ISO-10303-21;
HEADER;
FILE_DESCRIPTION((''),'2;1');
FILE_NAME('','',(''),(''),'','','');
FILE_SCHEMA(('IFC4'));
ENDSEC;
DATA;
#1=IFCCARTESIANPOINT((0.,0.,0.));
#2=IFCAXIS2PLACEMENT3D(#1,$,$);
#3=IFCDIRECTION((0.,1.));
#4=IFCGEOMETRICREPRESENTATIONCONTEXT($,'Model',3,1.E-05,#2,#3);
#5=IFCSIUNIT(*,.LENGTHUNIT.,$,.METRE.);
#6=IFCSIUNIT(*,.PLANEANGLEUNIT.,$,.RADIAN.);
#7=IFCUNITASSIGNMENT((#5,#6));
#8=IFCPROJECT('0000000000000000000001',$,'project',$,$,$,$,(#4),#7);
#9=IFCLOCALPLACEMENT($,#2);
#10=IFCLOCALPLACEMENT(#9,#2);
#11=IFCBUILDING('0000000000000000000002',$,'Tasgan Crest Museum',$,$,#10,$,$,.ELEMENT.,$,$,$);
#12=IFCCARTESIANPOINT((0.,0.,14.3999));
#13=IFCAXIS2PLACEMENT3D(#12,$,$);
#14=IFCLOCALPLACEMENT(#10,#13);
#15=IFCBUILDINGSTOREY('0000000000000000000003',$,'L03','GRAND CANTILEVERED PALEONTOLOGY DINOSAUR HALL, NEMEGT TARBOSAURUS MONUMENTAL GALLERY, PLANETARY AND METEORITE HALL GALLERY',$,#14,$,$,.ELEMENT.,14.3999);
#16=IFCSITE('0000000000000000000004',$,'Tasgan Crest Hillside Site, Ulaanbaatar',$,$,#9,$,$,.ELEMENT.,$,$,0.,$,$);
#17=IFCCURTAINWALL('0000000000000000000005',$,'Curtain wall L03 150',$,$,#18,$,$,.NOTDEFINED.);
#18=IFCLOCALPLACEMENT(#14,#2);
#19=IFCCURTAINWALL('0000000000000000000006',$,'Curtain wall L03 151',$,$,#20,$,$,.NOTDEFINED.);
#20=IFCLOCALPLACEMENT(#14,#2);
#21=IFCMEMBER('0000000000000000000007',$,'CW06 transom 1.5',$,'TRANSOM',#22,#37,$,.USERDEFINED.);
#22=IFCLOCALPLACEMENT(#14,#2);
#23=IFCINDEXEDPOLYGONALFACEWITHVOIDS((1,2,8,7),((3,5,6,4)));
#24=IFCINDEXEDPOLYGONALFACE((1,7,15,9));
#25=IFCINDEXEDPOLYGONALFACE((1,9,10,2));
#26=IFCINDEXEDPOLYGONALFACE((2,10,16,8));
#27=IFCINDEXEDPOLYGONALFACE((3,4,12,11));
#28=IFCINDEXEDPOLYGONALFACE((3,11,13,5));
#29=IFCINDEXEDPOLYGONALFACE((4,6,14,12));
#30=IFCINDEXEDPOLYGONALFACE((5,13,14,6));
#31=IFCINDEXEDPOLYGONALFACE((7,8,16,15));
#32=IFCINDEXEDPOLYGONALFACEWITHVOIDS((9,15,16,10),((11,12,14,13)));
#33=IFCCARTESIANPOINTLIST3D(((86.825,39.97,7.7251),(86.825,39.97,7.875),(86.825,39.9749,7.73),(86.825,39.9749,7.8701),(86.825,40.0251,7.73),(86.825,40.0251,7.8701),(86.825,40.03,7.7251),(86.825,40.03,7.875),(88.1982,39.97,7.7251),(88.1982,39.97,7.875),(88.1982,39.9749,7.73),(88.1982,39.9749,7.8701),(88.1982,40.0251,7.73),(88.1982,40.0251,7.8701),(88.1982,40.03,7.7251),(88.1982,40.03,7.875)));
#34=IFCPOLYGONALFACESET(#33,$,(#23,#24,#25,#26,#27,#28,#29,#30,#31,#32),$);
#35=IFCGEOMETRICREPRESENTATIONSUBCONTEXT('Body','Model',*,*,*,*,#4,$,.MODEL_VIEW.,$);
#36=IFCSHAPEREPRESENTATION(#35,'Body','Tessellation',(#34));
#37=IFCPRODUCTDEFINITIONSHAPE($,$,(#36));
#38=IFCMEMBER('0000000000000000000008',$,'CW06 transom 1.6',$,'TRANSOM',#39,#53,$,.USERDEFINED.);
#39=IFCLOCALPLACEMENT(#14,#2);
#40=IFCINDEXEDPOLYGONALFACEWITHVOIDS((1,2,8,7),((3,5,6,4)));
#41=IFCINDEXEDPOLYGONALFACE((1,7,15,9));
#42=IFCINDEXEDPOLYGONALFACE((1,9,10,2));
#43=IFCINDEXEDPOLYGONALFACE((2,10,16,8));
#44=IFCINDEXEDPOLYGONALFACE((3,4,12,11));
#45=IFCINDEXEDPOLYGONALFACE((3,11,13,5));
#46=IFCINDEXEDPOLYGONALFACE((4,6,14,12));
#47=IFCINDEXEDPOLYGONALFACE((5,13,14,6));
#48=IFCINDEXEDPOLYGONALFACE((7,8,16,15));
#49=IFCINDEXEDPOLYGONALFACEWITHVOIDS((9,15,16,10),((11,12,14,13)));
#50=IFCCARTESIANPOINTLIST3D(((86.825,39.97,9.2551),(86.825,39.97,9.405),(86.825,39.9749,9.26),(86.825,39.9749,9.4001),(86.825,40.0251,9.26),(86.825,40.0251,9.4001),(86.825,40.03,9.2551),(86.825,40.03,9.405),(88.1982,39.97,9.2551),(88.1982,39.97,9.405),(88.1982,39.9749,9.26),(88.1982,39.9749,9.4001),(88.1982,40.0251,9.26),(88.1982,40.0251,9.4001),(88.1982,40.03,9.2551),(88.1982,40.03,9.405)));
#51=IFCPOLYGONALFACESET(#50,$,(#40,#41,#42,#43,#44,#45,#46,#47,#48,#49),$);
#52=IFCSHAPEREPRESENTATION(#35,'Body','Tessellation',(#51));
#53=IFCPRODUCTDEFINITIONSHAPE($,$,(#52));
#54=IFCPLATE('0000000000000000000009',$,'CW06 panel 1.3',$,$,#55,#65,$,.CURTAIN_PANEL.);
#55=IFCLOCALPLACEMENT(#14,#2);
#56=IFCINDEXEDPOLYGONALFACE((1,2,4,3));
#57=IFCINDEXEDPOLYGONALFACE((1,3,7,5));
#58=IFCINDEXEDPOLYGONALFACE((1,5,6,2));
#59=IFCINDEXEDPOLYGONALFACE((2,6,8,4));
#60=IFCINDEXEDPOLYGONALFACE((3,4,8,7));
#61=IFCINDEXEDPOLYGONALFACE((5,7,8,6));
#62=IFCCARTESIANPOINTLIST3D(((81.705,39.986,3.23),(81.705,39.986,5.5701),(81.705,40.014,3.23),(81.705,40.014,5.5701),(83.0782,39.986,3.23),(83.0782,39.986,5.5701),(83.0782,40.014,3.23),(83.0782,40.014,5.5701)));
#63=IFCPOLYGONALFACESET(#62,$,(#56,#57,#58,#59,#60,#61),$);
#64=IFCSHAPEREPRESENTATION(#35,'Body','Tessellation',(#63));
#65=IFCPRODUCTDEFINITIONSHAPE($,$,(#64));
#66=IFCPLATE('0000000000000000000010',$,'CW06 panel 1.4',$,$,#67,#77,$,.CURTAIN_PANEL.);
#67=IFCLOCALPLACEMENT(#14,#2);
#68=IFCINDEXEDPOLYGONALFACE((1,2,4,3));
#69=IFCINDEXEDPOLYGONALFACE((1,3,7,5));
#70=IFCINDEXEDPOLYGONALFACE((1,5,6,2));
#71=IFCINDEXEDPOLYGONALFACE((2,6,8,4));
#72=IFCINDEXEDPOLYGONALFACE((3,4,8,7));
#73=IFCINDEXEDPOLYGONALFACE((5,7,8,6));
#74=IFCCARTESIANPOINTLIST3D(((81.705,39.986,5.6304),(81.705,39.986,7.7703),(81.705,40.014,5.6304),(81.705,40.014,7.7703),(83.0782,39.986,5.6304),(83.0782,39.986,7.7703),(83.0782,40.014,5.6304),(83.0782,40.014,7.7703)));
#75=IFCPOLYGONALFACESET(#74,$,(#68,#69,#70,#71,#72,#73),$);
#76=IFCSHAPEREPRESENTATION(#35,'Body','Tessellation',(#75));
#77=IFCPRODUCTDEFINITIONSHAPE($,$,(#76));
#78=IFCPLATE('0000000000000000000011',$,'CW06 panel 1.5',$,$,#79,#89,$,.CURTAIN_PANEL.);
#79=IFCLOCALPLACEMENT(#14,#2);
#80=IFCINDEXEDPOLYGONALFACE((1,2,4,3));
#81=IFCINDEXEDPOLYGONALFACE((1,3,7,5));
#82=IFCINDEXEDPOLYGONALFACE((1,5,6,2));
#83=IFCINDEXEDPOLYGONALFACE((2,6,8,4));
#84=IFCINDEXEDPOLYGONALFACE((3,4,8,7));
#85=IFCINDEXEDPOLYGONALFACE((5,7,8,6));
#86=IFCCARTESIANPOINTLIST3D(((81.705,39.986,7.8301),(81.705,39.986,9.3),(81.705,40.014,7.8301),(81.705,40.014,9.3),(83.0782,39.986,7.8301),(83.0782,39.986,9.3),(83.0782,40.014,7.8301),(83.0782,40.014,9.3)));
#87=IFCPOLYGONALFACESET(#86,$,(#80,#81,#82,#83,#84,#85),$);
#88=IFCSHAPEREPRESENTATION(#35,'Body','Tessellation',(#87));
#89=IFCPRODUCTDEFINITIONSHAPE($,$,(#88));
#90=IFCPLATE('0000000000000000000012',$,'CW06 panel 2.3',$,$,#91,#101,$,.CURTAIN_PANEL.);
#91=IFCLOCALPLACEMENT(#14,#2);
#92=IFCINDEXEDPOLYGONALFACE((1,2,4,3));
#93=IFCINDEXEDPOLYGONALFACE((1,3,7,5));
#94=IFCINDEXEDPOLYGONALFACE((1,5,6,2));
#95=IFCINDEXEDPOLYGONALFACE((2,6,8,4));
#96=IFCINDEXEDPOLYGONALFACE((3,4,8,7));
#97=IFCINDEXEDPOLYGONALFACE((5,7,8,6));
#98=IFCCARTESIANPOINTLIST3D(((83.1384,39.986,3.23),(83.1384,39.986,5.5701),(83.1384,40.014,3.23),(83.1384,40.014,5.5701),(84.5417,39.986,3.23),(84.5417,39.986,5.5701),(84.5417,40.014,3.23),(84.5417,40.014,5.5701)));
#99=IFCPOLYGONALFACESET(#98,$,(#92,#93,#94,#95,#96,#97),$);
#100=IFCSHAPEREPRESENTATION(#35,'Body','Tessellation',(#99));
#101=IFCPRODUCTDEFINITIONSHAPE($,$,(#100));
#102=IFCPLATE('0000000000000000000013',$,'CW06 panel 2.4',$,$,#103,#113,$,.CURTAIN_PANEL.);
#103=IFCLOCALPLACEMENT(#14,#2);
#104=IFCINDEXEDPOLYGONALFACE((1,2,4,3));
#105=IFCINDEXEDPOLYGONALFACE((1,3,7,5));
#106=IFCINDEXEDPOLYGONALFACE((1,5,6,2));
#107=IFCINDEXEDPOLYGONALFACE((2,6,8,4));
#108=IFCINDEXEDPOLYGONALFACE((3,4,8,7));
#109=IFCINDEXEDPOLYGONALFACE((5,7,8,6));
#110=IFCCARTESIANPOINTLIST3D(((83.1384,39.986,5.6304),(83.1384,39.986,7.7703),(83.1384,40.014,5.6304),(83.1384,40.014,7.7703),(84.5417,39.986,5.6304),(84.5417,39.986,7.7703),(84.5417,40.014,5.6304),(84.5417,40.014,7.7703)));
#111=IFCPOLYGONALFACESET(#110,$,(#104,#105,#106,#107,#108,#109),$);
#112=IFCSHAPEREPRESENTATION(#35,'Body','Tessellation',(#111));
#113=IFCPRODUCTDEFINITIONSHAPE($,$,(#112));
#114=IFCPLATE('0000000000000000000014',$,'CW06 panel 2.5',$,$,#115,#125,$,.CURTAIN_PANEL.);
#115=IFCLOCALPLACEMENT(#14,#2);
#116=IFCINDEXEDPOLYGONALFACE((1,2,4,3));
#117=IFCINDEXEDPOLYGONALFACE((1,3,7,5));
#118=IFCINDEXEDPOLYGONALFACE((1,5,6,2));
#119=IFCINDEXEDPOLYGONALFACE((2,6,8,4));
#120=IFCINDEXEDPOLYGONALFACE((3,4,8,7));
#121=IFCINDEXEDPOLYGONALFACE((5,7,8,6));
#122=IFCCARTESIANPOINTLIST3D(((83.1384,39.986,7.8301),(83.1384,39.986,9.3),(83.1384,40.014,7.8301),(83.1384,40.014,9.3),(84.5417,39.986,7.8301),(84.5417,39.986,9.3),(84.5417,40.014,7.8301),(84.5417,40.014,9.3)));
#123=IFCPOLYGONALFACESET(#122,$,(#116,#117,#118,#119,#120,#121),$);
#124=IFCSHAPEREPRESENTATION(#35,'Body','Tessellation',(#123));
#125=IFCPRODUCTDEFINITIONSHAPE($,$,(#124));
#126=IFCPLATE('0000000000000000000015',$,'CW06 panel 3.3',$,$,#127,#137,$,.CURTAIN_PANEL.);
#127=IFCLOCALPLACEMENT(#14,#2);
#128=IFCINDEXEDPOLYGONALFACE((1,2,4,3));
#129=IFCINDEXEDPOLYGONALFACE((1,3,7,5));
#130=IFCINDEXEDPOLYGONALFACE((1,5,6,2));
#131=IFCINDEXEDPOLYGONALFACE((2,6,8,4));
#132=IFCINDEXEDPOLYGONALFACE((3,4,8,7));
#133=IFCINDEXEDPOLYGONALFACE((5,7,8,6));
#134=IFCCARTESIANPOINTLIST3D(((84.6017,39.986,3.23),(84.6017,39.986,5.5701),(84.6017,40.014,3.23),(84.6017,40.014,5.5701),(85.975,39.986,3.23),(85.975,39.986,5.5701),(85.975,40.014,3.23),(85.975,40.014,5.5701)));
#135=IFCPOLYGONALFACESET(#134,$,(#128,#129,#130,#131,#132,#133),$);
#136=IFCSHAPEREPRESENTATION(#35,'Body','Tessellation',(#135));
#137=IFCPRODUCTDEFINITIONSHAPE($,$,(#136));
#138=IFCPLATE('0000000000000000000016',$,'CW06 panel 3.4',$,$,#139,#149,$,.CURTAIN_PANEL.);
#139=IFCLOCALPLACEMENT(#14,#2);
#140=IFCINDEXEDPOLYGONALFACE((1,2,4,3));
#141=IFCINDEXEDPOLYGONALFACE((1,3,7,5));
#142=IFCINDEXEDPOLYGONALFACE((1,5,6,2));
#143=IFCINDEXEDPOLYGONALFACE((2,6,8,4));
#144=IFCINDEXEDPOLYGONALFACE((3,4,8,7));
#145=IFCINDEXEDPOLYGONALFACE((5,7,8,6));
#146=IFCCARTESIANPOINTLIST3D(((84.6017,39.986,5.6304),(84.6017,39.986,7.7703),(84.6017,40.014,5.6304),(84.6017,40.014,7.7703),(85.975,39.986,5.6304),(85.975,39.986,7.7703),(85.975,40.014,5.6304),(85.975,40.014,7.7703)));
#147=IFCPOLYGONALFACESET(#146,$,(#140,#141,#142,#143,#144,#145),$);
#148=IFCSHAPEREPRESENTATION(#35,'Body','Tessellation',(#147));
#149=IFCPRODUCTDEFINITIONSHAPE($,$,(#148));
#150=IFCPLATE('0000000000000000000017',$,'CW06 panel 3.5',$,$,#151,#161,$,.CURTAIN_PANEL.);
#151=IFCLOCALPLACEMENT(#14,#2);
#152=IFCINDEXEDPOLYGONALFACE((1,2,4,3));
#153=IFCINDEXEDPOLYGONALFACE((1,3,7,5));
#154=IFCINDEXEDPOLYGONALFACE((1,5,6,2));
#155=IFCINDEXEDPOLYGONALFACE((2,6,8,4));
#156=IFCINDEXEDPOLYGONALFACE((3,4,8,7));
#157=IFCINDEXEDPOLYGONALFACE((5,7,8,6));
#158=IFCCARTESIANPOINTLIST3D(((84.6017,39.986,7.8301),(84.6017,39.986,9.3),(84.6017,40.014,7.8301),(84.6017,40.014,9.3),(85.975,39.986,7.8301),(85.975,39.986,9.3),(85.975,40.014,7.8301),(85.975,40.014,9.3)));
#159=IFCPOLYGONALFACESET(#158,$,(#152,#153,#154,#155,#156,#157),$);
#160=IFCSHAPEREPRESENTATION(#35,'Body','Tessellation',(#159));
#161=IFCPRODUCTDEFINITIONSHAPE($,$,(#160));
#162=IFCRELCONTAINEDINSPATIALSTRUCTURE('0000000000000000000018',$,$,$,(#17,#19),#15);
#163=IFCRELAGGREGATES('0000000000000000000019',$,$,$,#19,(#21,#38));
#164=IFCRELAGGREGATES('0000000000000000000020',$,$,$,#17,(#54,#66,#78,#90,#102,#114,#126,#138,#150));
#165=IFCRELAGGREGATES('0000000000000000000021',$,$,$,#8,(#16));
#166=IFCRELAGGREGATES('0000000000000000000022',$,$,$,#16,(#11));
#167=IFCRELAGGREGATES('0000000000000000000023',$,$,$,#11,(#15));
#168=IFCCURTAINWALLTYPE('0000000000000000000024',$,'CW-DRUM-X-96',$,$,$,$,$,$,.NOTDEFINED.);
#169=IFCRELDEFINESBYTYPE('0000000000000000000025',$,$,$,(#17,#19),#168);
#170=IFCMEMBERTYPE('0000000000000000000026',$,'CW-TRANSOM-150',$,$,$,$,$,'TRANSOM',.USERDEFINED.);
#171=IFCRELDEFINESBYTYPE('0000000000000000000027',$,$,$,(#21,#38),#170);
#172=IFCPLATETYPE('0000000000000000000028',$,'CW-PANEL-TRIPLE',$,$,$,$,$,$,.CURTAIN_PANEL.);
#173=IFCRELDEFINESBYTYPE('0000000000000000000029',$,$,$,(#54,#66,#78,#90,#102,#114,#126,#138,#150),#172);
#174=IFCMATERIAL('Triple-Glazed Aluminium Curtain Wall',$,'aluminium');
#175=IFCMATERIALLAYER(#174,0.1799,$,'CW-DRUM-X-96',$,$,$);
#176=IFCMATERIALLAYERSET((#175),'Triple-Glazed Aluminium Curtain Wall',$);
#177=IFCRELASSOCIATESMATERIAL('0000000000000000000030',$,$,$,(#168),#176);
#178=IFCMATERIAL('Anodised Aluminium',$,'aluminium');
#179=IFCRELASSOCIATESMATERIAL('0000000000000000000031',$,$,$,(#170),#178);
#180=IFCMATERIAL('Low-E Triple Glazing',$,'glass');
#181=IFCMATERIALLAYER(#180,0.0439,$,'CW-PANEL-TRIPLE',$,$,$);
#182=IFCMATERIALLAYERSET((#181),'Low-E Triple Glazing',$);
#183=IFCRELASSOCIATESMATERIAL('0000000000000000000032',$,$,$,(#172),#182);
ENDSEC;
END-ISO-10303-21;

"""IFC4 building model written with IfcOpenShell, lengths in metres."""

from ifc_helpers import new_model, si_unit, direction, frame, origin, origin_2d, place, context, subcontext, project, spatial, rectangle, hollow_rectangle, extrude, material, layer, layer_set, material_profile, profile_set, type_object, element, aggregate, save


model = new_model("IFC4")

# Units and contexts
model_context = context("Model", 3, precision=1e-05, world=origin(), true_north=direction((0.0, 1.0)))
body_context = subcontext(model_context, "Body", "Model", "MODEL_VIEW")
ifc_project = project(units=[si_unit("LENGTHUNIT", "METRE"), si_unit("PLANEANGLEUNIT", "RADIAN")], contexts=[model_context])

# Site, building, storey
site_placement = place(None, origin())
site = spatial("IfcSite", under=ifc_project, at=site_placement, Name="Tasgan Crest Hillside Site, Ulaanbaatar", CompositionType="ELEMENT", RefElevation=0.0)
building_placement = place(site_placement, origin())
building = spatial("IfcBuilding", under=site, at=building_placement, Name="Tasgan Crest Museum", CompositionType="ELEMENT")
storey_placement = place(building_placement, frame((0.0, 0.0, 14.3999)))
storey = spatial("IfcBuildingStorey", under=building, at=storey_placement, Name="L03", Description="GRAND CANTILEVERED PALEONTOLOGY DINOSAUR HALL, NEMEGT TARBOSAURUS MONUMENTAL GALLERY, PLANETARY AND METEORITE HALL GALLERY", CompositionType="ELEMENT", Elevation=14.3999)

# Curtain walls, members
ifc_material_1 = material(Name="Triple-Glazed Aluminium Curtain Wall", Category="aluminium")
ifc_layer_1 = layer(ifc_material_1, 0.1799, Name="CW-DRUM-X-96")
ifc_layer_set_1 = layer_set([ifc_layer_1], Name="Triple-Glazed Aluminium Curtain Wall")
curtain_wall_type = type_object("IfcCurtainWallType", Name="CW-DRUM-X-96", PredefinedType="NOTDEFINED", material=ifc_layer_set_1)
curtain_wall_1_placement = place(storey_placement, origin())
curtain_wall_1 = element("IfcCurtainWall", 1, at=curtain_wall_1_placement, inside=storey, type_object=curtain_wall_type, Name="Curtain wall L03 150", PredefinedType="NOTDEFINED")
ifc_material_2 = material(Name="Anodised Aluminium", Category="aluminium")
ifc_material_profile = material_profile(ifc_material_2, hollow_rectangle(XDim=0.0601, YDim=0.1499, WallThickness=0.0049, at=origin_2d()), Name="ALU TRANSOM 150x60x5")
ifc_profile_set = profile_set([ifc_material_profile], Name="Anodised Aluminium")
member_type = type_object("IfcMemberType", Name="CW-TRANSOM-150", ElementType="TRANSOM", PredefinedType="USERDEFINED", material=ifc_profile_set)
curtain_wall_2_placement = place(storey_placement, origin())
curtain_wall_2 = element("IfcCurtainWall", 2, at=curtain_wall_2_placement, inside=storey, type_object=curtain_wall_type, Name="Curtain wall L03 151", PredefinedType="NOTDEFINED")
member_1_placement = place(storey_placement, frame((86.825, 40.0, 7.8), z_axis=(1.0, 0.0, 0.0), x_axis=(0.0, 1.0, 0.0)))
member_1 = element("IfcMember", 3, at=member_1_placement, type_object=member_type, Name="CW06 transom 1.5", ObjectType="TRANSOM", PredefinedType="USERDEFINED", context=body_context, shape_type="SweptSolid", body=[
    extrude(hollow_rectangle(XDim=0.0601, YDim=0.1499, WallThickness=0.0049, at=origin_2d()), origin(), (0.0, 0.0, 1.0), 1.3733),
])
member_2_placement = place(storey_placement, frame((86.825, 40.0, 9.3301), z_axis=(1.0, 0.0, 0.0), x_axis=(0.0, 1.0, 0.0)))
member_2 = element("IfcMember", 4, at=member_2_placement, type_object=member_type, Name="CW06 transom 1.6", ObjectType="TRANSOM", PredefinedType="USERDEFINED", context=body_context, shape_type="SweptSolid", body=[
    extrude(hollow_rectangle(XDim=0.0601, YDim=0.1499, WallThickness=0.0049, at=origin_2d()), origin(), (0.0, 0.0, 1.0), 1.3733),
])
aggregate(curtain_wall_2, [member_1, member_2])

# Plates
ifc_material_3 = material(Name="Low-E Triple Glazing", Category="glass")
ifc_layer_2 = layer(ifc_material_3, 0.0439, Name="CW-PANEL-TRIPLE")
ifc_layer_set_2 = layer_set([ifc_layer_2], Name="Low-E Triple Glazing")
plate_type = type_object("IfcPlateType", Name="CW-PANEL-TRIPLE", PredefinedType="CURTAIN_PANEL", material=ifc_layer_set_2)
plate_1_placement = place(storey_placement, frame((82.3916, 40.0, 3.23), z_axis=(0.0, 0.0, 1.0), x_axis=(1.0, 0.0, 0.0)))
plate_1 = element("IfcPlate", 5, at=plate_1_placement, type_object=plate_type, Name="CW06 panel 1.3", PredefinedType="CURTAIN_PANEL", context=body_context, shape_type="SweptSolid", body=[
    extrude(rectangle(XDim=1.3733, YDim=0.0281, at=origin_2d()), origin(), (0.0, 0.0, 1.0), 2.3401),
])
plate_2_placement = place(storey_placement, frame((82.3916, 40.0, 5.6304), z_axis=(0.0, 0.0, 1.0), x_axis=(1.0, 0.0, 0.0)))
plate_2 = element("IfcPlate", 6, at=plate_2_placement, type_object=plate_type, Name="CW06 panel 1.4", PredefinedType="CURTAIN_PANEL", context=body_context, shape_type="SweptSolid", body=[
    extrude(rectangle(XDim=1.3733, YDim=0.0281, at=origin_2d()), origin(), (0.0, 0.0, 1.0), 2.1399),
])
plate_3_placement = place(storey_placement, frame((82.3916, 40.0, 7.8301), z_axis=(0.0, 0.0, 1.0), x_axis=(1.0, 0.0, 0.0)))
plate_3 = element("IfcPlate", 7, at=plate_3_placement, type_object=plate_type, Name="CW06 panel 1.5", PredefinedType="CURTAIN_PANEL", context=body_context, shape_type="SweptSolid", body=[
    extrude(rectangle(XDim=1.3733, YDim=0.0281, at=origin_2d()), origin(), (0.0, 0.0, 1.0), 1.47),
])
plate_4_placement = place(storey_placement, frame((83.8401, 40.0, 3.23), z_axis=(0.0, 0.0, 1.0), x_axis=(1.0, 0.0, 0.0)))
plate_4 = element("IfcPlate", 8, at=plate_4_placement, type_object=plate_type, Name="CW06 panel 2.3", PredefinedType="CURTAIN_PANEL", context=body_context, shape_type="SweptSolid", body=[
    extrude(rectangle(XDim=1.4033, YDim=0.0281, at=origin_2d()), origin(), (0.0, 0.0, 1.0), 2.3401),
])
plate_5_placement = place(storey_placement, frame((83.8401, 40.0, 5.6304), z_axis=(0.0, 0.0, 1.0), x_axis=(1.0, 0.0, 0.0)))
plate_5 = element("IfcPlate", 9, at=plate_5_placement, type_object=plate_type, Name="CW06 panel 2.4", PredefinedType="CURTAIN_PANEL", context=body_context, shape_type="SweptSolid", body=[
    extrude(rectangle(XDim=1.4033, YDim=0.0281, at=origin_2d()), origin(), (0.0, 0.0, 1.0), 2.1399),
])
plate_6_placement = place(storey_placement, frame((83.8401, 40.0, 7.8301), z_axis=(0.0, 0.0, 1.0), x_axis=(1.0, 0.0, 0.0)))
plate_6 = element("IfcPlate", 10, at=plate_6_placement, type_object=plate_type, Name="CW06 panel 2.5", PredefinedType="CURTAIN_PANEL", context=body_context, shape_type="SweptSolid", body=[
    extrude(rectangle(XDim=1.4033, YDim=0.0281, at=origin_2d()), origin(), (0.0, 0.0, 1.0), 1.47),
])
plate_7_placement = place(storey_placement, frame((85.2883, 40.0, 3.23), z_axis=(0.0, 0.0, 1.0), x_axis=(1.0, 0.0, 0.0)))
plate_7 = element("IfcPlate", 11, at=plate_7_placement, type_object=plate_type, Name="CW06 panel 3.3", PredefinedType="CURTAIN_PANEL", context=body_context, shape_type="SweptSolid", body=[
    extrude(rectangle(XDim=1.3733, YDim=0.0281, at=origin_2d()), origin(), (0.0, 0.0, 1.0), 2.3401),
])
plate_8_placement = place(storey_placement, frame((85.2883, 40.0, 5.6304), z_axis=(0.0, 0.0, 1.0), x_axis=(1.0, 0.0, 0.0)))
plate_8 = element("IfcPlate", 12, at=plate_8_placement, type_object=plate_type, Name="CW06 panel 3.4", PredefinedType="CURTAIN_PANEL", context=body_context, shape_type="SweptSolid", body=[
    extrude(rectangle(XDim=1.3733, YDim=0.0281, at=origin_2d()), origin(), (0.0, 0.0, 1.0), 2.1399),
])
plate_9_placement = place(storey_placement, frame((85.2883, 40.0, 7.8301), z_axis=(0.0, 0.0, 1.0), x_axis=(1.0, 0.0, 0.0)))
plate_9 = element("IfcPlate", 13, at=plate_9_placement, type_object=plate_type, Name="CW06 panel 3.5", PredefinedType="CURTAIN_PANEL", context=body_context, shape_type="SweptSolid", body=[
    extrude(rectangle(XDim=1.3733, YDim=0.0281, at=origin_2d()), origin(), (0.0, 0.0, 1.0), 1.47),
])
aggregate(curtain_wall_1, [plate_1, plate_2, plate_3, plate_4, plate_5, plate_6, plate_7, plate_8, plate_9])

save(model, "model.ifc")
